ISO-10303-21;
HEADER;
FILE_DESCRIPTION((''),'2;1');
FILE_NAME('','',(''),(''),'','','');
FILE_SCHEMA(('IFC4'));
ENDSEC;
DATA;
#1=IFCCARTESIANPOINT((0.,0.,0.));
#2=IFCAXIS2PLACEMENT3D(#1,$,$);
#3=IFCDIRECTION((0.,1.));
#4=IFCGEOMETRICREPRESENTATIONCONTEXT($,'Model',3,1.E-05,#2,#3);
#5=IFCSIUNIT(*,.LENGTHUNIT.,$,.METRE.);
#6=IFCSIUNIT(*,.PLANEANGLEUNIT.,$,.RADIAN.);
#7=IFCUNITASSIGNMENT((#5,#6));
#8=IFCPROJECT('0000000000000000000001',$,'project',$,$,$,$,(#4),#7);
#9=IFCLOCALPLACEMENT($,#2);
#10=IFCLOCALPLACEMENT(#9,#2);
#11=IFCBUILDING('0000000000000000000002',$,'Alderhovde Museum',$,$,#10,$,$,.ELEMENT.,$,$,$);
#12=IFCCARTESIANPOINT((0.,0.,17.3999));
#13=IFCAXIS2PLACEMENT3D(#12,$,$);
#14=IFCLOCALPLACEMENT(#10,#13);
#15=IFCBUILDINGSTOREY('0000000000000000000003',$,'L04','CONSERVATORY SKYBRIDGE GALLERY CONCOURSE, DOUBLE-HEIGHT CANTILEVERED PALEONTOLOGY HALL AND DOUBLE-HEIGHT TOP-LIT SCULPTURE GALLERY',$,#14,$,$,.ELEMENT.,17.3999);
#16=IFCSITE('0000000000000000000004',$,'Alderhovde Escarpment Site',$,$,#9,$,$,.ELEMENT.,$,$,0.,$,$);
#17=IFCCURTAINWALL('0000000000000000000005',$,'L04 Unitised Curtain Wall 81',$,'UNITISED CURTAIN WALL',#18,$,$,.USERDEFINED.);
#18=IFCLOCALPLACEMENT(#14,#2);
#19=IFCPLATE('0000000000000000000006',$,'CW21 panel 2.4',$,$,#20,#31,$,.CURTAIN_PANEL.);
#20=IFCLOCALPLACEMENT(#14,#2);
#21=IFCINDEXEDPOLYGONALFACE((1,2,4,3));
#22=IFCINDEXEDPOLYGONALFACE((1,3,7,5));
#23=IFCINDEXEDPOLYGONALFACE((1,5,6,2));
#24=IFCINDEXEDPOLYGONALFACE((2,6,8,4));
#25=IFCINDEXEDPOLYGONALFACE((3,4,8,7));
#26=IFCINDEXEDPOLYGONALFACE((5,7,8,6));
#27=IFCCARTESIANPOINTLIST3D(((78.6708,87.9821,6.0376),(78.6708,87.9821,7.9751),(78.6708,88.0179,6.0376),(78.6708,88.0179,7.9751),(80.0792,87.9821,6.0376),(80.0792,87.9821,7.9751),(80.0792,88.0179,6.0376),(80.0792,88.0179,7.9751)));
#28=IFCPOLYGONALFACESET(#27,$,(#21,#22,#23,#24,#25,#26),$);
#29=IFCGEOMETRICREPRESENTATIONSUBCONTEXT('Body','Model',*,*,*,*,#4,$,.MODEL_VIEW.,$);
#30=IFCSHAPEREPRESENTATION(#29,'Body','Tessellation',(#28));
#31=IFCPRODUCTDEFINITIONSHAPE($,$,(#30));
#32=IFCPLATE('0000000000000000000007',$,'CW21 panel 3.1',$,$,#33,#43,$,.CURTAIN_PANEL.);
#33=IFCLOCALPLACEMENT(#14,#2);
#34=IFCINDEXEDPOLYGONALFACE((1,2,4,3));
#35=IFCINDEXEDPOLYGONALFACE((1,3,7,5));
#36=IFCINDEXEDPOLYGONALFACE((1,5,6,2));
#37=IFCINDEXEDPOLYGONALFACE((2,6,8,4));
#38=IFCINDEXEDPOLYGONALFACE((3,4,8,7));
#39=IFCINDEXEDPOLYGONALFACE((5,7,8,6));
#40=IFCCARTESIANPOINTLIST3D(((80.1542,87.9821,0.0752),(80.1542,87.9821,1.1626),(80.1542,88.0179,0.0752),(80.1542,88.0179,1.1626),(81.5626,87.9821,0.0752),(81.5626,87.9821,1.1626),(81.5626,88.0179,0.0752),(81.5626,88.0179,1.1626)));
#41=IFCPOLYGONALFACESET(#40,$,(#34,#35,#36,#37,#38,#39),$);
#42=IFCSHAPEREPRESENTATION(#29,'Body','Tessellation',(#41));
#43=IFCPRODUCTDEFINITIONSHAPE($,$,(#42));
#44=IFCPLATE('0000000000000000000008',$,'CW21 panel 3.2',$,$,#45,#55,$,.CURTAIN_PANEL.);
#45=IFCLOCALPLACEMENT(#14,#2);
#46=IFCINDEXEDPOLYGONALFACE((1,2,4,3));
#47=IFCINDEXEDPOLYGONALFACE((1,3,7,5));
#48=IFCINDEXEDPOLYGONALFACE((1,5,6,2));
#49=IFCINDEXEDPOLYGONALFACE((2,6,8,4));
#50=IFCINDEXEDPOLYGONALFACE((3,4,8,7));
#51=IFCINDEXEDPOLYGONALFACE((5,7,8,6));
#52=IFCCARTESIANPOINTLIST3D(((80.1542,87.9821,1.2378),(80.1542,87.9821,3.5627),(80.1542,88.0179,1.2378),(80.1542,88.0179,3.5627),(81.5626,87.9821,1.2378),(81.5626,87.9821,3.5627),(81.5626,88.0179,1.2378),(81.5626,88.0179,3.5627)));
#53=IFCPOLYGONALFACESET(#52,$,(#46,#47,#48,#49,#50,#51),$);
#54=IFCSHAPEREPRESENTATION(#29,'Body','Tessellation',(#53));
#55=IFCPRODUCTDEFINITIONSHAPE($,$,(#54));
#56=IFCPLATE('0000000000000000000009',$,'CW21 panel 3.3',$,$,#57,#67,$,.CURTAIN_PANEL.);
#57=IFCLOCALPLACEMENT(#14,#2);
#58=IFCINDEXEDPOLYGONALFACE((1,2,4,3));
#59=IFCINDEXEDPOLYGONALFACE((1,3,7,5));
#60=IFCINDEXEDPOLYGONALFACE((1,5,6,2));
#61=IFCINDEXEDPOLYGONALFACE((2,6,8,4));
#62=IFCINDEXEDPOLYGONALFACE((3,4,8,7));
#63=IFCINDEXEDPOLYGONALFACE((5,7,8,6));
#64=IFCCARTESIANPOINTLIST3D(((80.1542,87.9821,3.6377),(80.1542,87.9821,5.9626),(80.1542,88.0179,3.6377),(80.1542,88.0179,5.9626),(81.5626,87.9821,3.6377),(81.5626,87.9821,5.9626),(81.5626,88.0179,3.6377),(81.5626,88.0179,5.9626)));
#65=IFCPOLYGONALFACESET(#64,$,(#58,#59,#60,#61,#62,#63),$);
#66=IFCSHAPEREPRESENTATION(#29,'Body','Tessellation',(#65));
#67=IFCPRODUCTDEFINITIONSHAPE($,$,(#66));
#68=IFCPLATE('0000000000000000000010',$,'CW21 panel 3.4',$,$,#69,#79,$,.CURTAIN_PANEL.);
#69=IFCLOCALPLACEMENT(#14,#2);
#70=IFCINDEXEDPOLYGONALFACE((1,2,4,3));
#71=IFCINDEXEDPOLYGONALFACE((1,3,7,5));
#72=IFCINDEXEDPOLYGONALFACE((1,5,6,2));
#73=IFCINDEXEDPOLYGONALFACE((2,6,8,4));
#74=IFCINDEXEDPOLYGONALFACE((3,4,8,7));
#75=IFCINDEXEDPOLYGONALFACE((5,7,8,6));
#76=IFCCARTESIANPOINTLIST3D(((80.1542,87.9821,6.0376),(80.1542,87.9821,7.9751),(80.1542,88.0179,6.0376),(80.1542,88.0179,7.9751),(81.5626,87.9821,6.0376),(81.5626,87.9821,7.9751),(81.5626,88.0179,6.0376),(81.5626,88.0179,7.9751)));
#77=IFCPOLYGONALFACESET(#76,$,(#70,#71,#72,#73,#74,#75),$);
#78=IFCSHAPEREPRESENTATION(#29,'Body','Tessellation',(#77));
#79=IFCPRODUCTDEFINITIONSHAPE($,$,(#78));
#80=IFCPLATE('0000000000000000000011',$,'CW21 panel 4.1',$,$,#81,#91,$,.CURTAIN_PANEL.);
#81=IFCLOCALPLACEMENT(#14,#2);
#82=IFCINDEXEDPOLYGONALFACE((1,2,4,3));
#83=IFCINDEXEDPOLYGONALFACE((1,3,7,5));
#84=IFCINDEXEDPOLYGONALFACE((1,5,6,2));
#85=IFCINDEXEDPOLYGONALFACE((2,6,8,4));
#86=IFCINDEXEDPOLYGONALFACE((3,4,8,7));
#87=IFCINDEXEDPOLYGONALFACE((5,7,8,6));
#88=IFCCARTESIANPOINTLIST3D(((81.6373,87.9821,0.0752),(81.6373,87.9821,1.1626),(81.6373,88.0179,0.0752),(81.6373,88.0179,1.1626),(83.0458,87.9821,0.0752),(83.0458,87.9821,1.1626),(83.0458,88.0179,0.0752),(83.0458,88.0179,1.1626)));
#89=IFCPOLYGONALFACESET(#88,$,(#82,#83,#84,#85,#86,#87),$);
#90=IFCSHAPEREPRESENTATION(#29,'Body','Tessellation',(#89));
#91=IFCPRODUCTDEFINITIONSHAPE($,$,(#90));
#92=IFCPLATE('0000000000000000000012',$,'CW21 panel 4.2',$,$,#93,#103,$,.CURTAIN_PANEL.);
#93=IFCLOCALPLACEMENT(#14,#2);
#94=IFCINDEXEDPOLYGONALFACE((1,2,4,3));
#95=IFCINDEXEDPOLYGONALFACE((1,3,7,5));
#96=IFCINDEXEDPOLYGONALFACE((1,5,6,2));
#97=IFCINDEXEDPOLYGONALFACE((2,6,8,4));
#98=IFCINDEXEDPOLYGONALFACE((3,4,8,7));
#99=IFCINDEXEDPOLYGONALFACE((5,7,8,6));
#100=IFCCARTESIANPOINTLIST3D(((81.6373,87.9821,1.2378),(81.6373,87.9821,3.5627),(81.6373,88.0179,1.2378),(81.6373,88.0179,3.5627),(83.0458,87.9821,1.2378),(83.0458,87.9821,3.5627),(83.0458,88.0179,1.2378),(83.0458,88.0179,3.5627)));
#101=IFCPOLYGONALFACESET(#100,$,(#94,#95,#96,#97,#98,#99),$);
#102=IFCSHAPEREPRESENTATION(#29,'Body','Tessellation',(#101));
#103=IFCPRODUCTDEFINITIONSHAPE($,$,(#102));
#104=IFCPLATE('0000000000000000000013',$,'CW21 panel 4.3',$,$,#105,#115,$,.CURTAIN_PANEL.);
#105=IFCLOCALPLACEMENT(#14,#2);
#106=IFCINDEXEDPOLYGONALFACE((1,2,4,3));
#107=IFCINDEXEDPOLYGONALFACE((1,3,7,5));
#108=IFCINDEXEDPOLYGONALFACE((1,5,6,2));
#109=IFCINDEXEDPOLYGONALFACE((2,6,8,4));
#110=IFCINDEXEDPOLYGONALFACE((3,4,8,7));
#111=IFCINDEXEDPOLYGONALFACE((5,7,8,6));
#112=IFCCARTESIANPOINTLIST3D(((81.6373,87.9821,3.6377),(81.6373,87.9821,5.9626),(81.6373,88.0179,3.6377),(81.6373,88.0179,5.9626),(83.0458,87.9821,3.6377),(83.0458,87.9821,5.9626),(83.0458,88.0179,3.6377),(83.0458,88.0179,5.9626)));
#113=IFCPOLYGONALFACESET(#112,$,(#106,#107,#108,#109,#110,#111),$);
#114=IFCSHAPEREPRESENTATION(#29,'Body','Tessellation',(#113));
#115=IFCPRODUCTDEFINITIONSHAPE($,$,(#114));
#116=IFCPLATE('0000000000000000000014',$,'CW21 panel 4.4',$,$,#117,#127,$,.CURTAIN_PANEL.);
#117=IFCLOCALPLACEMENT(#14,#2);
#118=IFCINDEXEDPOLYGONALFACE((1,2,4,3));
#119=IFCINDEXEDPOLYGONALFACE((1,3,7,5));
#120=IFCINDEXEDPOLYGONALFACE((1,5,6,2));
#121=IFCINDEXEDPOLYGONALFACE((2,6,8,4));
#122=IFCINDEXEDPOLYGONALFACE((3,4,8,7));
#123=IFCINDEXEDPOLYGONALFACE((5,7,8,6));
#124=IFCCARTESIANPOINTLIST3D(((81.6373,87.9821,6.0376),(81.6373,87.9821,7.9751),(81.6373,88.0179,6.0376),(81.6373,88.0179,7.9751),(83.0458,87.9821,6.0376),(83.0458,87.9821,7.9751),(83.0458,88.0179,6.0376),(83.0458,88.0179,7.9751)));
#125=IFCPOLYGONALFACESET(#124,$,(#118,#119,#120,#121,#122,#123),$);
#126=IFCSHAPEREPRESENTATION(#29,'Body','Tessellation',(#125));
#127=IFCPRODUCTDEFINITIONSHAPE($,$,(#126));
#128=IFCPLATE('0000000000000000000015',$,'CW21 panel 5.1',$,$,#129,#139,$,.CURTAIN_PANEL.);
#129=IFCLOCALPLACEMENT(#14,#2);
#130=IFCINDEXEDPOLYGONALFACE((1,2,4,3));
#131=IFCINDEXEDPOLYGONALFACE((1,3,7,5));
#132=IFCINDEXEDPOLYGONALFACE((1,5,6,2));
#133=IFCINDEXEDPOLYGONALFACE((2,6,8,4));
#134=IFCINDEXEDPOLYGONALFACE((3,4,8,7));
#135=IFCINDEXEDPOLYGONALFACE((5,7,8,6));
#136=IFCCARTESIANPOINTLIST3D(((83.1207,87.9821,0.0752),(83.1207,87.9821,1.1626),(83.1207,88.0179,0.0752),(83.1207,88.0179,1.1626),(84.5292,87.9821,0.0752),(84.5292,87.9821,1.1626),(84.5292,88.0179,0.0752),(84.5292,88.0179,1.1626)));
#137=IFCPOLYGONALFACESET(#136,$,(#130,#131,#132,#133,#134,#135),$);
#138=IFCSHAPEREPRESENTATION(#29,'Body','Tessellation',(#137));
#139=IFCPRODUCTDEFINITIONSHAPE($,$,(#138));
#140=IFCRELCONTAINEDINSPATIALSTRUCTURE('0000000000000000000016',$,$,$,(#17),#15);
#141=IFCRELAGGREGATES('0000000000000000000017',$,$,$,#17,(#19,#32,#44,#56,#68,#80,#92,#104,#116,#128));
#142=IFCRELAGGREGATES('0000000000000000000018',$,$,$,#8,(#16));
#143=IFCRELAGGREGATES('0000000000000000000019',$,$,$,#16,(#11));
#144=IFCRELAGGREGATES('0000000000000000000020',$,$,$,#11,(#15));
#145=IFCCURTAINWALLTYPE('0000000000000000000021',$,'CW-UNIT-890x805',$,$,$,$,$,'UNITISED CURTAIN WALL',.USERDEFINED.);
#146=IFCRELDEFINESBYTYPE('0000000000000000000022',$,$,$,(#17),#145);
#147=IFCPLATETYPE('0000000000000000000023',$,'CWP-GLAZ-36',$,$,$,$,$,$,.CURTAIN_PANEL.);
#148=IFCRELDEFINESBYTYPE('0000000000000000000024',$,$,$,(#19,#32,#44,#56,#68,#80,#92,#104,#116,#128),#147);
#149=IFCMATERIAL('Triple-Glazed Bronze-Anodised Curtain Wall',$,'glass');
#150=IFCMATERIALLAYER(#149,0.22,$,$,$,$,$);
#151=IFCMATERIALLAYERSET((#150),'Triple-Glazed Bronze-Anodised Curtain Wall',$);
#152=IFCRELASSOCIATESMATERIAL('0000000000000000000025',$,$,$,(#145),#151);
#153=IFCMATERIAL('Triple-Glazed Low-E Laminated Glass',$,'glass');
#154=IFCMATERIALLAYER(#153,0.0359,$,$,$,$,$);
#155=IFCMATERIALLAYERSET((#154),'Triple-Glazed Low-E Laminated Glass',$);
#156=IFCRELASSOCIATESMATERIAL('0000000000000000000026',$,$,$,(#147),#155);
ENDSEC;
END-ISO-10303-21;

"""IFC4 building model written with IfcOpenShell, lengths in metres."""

from ifc_helpers import new_model, si_unit, direction, frame, origin, origin_2d, place, context, subcontext, project, spatial, rectangle, extrude, material, layer, layer_set, type_object, element, aggregate, save


model = new_model("IFC4")

# Units and contexts
model_context = context("Model", 3, precision=1e-05, world=origin(), true_north=direction((0.0, 1.0)))
body_context = subcontext(model_context, "Body", "Model", "MODEL_VIEW")
ifc_project = project(units=[si_unit("LENGTHUNIT", "METRE"), si_unit("PLANEANGLEUNIT", "RADIAN")], contexts=[model_context])

# Site, building, storey
site_placement = place(None, origin())
site = spatial("IfcSite", under=ifc_project, at=site_placement, Name="Alderhovde Escarpment Site", CompositionType="ELEMENT", RefElevation=0.0)
building_placement = place(site_placement, origin())
building = spatial("IfcBuilding", under=site, at=building_placement, Name="Alderhovde Museum", CompositionType="ELEMENT")
storey_placement = place(building_placement, frame((0.0, 0.0, 17.3999)))
storey = spatial("IfcBuildingStorey", under=building, at=storey_placement, Name="L04", Description="CONSERVATORY SKYBRIDGE GALLERY CONCOURSE, DOUBLE-HEIGHT CANTILEVERED PALEONTOLOGY HALL AND DOUBLE-HEIGHT TOP-LIT SCULPTURE GALLERY", CompositionType="ELEMENT", Elevation=17.3999)

# Curtain wall
ifc_material_1 = material(Name="Triple-Glazed Bronze-Anodised Curtain Wall", Category="glass")
ifc_layer_1 = layer(ifc_material_1, 0.22)
ifc_layer_set_1 = layer_set([ifc_layer_1], Name="Triple-Glazed Bronze-Anodised Curtain Wall")
curtain_wall_type = type_object("IfcCurtainWallType", Name="CW-UNIT-890x805", ElementType="UNITISED CURTAIN WALL", PredefinedType="USERDEFINED", material=ifc_layer_set_1)
curtain_wall_placement = place(storey_placement, origin())
curtain_wall = element("IfcCurtainWall", 1, at=curtain_wall_placement, inside=storey, type_object=curtain_wall_type, Name="L04 Unitised Curtain Wall 81", ObjectType="UNITISED CURTAIN WALL", PredefinedType="USERDEFINED")

# Plates
ifc_material_2 = material(Name="Triple-Glazed Low-E Laminated Glass", Category="glass")
ifc_layer_2 = layer(ifc_material_2, 0.0359)
ifc_layer_set_2 = layer_set([ifc_layer_2], Name="Triple-Glazed Low-E Laminated Glass")
plate_type = type_object("IfcPlateType", Name="CWP-GLAZ-36", PredefinedType="CURTAIN_PANEL", material=ifc_layer_set_2)
plate_1_placement = place(storey_placement, frame((79.375, 88.0, 6.0376), z_axis=(0.0, 0.0, 1.0), x_axis=(1.0, 0.0, 0.0)))
plate_1 = element("IfcPlate", 2, at=plate_1_placement, type_object=plate_type, Name="CW21 panel 2.4", PredefinedType="CURTAIN_PANEL", context=body_context, shape_type="SweptSolid", body=[
    extrude(rectangle(XDim=1.4084, YDim=0.0359, at=origin_2d()), origin(), (0.0, 0.0, 1.0), 1.9375),
])
plate_2_placement = place(storey_placement, frame((80.8584, 88.0, 0.0752), z_axis=(0.0, 0.0, 1.0), x_axis=(1.0, 0.0, 0.0)))
plate_2 = element("IfcPlate", 3, at=plate_2_placement, type_object=plate_type, Name="CW21 panel 3.1", PredefinedType="CURTAIN_PANEL", context=body_context, shape_type="SweptSolid", body=[
    extrude(rectangle(XDim=1.4084, YDim=0.0359, at=origin_2d()), origin(), (0.0, 0.0, 1.0), 1.0874),
])
plate_3_placement = place(storey_placement, frame((80.8584, 88.0, 1.2378), z_axis=(0.0, 0.0, 1.0), x_axis=(1.0, 0.0, 0.0)))
plate_3 = element("IfcPlate", 4, at=plate_3_placement, type_object=plate_type, Name="CW21 panel 3.2", PredefinedType="CURTAIN_PANEL", context=body_context, shape_type="SweptSolid", body=[
    extrude(rectangle(XDim=1.4084, YDim=0.0359, at=origin_2d()), origin(), (0.0, 0.0, 1.0), 2.325),
])
plate_4_placement = place(storey_placement, frame((80.8584, 88.0, 3.6377), z_axis=(0.0, 0.0, 1.0), x_axis=(1.0, 0.0, 0.0)))
plate_4 = element("IfcPlate", 5, at=plate_4_placement, type_object=plate_type, Name="CW21 panel 3.3", PredefinedType="CURTAIN_PANEL", context=body_context, shape_type="SweptSolid", body=[
    extrude(rectangle(XDim=1.4084, YDim=0.0359, at=origin_2d()), origin(), (0.0, 0.0, 1.0), 2.325),
])
plate_5_placement = place(storey_placement, frame((80.8584, 88.0, 6.0376), z_axis=(0.0, 0.0, 1.0), x_axis=(1.0, 0.0, 0.0)))
plate_5 = element("IfcPlate", 6, at=plate_5_placement, type_object=plate_type, Name="CW21 panel 3.4", PredefinedType="CURTAIN_PANEL", context=body_context, shape_type="SweptSolid", body=[
    extrude(rectangle(XDim=1.4084, YDim=0.0359, at=origin_2d()), origin(), (0.0, 0.0, 1.0), 1.9375),
])
plate_6_placement = place(storey_placement, frame((82.3416, 88.0, 0.0752), z_axis=(0.0, 0.0, 1.0), x_axis=(1.0, 0.0, 0.0)))
plate_6 = element("IfcPlate", 7, at=plate_6_placement, type_object=plate_type, Name="CW21 panel 4.1", PredefinedType="CURTAIN_PANEL", context=body_context, shape_type="SweptSolid", body=[
    extrude(rectangle(XDim=1.4084, YDim=0.0359, at=origin_2d()), origin(), (0.0, 0.0, 1.0), 1.0874),
])
plate_7_placement = place(storey_placement, frame((82.3416, 88.0, 1.2378), z_axis=(0.0, 0.0, 1.0), x_axis=(1.0, 0.0, 0.0)))
plate_7 = element("IfcPlate", 8, at=plate_7_placement, type_object=plate_type, Name="CW21 panel 4.2", PredefinedType="CURTAIN_PANEL", context=body_context, shape_type="SweptSolid", body=[
    extrude(rectangle(XDim=1.4084, YDim=0.0359, at=origin_2d()), origin(), (0.0, 0.0, 1.0), 2.325),
])
plate_8_placement = place(storey_placement, frame((82.3416, 88.0, 3.6377), z_axis=(0.0, 0.0, 1.0), x_axis=(1.0, 0.0, 0.0)))
plate_8 = element("IfcPlate", 9, at=plate_8_placement, type_object=plate_type, Name="CW21 panel 4.3", PredefinedType="CURTAIN_PANEL", context=body_context, shape_type="SweptSolid", body=[
    extrude(rectangle(XDim=1.4084, YDim=0.0359, at=origin_2d()), origin(), (0.0, 0.0, 1.0), 2.325),
])
plate_9_placement = place(storey_placement, frame((82.3416, 88.0, 6.0376), z_axis=(0.0, 0.0, 1.0), x_axis=(1.0, 0.0, 0.0)))
plate_9 = element("IfcPlate", 10, at=plate_9_placement, type_object=plate_type, Name="CW21 panel 4.4", PredefinedType="CURTAIN_PANEL", context=body_context, shape_type="SweptSolid", body=[
    extrude(rectangle(XDim=1.4084, YDim=0.0359, at=origin_2d()), origin(), (0.0, 0.0, 1.0), 1.9375),
])
plate_10_placement = place(storey_placement, frame((83.825, 88.0, 0.0752), z_axis=(0.0, 0.0, 1.0), x_axis=(1.0, 0.0, 0.0)))
plate_10 = element("IfcPlate", 11, at=plate_10_placement, type_object=plate_type, Name="CW21 panel 5.1", PredefinedType="CURTAIN_PANEL", context=body_context, shape_type="SweptSolid", body=[
    extrude(rectangle(XDim=1.4084, YDim=0.0359, at=origin_2d()), origin(), (0.0, 0.0, 1.0), 1.0874),
])
aggregate(curtain_wall, [plate_1, plate_2, plate_3, plate_4, plate_5, plate_6, plate_7, plate_8, plate_9, plate_10])

save(model, "model.ifc")
